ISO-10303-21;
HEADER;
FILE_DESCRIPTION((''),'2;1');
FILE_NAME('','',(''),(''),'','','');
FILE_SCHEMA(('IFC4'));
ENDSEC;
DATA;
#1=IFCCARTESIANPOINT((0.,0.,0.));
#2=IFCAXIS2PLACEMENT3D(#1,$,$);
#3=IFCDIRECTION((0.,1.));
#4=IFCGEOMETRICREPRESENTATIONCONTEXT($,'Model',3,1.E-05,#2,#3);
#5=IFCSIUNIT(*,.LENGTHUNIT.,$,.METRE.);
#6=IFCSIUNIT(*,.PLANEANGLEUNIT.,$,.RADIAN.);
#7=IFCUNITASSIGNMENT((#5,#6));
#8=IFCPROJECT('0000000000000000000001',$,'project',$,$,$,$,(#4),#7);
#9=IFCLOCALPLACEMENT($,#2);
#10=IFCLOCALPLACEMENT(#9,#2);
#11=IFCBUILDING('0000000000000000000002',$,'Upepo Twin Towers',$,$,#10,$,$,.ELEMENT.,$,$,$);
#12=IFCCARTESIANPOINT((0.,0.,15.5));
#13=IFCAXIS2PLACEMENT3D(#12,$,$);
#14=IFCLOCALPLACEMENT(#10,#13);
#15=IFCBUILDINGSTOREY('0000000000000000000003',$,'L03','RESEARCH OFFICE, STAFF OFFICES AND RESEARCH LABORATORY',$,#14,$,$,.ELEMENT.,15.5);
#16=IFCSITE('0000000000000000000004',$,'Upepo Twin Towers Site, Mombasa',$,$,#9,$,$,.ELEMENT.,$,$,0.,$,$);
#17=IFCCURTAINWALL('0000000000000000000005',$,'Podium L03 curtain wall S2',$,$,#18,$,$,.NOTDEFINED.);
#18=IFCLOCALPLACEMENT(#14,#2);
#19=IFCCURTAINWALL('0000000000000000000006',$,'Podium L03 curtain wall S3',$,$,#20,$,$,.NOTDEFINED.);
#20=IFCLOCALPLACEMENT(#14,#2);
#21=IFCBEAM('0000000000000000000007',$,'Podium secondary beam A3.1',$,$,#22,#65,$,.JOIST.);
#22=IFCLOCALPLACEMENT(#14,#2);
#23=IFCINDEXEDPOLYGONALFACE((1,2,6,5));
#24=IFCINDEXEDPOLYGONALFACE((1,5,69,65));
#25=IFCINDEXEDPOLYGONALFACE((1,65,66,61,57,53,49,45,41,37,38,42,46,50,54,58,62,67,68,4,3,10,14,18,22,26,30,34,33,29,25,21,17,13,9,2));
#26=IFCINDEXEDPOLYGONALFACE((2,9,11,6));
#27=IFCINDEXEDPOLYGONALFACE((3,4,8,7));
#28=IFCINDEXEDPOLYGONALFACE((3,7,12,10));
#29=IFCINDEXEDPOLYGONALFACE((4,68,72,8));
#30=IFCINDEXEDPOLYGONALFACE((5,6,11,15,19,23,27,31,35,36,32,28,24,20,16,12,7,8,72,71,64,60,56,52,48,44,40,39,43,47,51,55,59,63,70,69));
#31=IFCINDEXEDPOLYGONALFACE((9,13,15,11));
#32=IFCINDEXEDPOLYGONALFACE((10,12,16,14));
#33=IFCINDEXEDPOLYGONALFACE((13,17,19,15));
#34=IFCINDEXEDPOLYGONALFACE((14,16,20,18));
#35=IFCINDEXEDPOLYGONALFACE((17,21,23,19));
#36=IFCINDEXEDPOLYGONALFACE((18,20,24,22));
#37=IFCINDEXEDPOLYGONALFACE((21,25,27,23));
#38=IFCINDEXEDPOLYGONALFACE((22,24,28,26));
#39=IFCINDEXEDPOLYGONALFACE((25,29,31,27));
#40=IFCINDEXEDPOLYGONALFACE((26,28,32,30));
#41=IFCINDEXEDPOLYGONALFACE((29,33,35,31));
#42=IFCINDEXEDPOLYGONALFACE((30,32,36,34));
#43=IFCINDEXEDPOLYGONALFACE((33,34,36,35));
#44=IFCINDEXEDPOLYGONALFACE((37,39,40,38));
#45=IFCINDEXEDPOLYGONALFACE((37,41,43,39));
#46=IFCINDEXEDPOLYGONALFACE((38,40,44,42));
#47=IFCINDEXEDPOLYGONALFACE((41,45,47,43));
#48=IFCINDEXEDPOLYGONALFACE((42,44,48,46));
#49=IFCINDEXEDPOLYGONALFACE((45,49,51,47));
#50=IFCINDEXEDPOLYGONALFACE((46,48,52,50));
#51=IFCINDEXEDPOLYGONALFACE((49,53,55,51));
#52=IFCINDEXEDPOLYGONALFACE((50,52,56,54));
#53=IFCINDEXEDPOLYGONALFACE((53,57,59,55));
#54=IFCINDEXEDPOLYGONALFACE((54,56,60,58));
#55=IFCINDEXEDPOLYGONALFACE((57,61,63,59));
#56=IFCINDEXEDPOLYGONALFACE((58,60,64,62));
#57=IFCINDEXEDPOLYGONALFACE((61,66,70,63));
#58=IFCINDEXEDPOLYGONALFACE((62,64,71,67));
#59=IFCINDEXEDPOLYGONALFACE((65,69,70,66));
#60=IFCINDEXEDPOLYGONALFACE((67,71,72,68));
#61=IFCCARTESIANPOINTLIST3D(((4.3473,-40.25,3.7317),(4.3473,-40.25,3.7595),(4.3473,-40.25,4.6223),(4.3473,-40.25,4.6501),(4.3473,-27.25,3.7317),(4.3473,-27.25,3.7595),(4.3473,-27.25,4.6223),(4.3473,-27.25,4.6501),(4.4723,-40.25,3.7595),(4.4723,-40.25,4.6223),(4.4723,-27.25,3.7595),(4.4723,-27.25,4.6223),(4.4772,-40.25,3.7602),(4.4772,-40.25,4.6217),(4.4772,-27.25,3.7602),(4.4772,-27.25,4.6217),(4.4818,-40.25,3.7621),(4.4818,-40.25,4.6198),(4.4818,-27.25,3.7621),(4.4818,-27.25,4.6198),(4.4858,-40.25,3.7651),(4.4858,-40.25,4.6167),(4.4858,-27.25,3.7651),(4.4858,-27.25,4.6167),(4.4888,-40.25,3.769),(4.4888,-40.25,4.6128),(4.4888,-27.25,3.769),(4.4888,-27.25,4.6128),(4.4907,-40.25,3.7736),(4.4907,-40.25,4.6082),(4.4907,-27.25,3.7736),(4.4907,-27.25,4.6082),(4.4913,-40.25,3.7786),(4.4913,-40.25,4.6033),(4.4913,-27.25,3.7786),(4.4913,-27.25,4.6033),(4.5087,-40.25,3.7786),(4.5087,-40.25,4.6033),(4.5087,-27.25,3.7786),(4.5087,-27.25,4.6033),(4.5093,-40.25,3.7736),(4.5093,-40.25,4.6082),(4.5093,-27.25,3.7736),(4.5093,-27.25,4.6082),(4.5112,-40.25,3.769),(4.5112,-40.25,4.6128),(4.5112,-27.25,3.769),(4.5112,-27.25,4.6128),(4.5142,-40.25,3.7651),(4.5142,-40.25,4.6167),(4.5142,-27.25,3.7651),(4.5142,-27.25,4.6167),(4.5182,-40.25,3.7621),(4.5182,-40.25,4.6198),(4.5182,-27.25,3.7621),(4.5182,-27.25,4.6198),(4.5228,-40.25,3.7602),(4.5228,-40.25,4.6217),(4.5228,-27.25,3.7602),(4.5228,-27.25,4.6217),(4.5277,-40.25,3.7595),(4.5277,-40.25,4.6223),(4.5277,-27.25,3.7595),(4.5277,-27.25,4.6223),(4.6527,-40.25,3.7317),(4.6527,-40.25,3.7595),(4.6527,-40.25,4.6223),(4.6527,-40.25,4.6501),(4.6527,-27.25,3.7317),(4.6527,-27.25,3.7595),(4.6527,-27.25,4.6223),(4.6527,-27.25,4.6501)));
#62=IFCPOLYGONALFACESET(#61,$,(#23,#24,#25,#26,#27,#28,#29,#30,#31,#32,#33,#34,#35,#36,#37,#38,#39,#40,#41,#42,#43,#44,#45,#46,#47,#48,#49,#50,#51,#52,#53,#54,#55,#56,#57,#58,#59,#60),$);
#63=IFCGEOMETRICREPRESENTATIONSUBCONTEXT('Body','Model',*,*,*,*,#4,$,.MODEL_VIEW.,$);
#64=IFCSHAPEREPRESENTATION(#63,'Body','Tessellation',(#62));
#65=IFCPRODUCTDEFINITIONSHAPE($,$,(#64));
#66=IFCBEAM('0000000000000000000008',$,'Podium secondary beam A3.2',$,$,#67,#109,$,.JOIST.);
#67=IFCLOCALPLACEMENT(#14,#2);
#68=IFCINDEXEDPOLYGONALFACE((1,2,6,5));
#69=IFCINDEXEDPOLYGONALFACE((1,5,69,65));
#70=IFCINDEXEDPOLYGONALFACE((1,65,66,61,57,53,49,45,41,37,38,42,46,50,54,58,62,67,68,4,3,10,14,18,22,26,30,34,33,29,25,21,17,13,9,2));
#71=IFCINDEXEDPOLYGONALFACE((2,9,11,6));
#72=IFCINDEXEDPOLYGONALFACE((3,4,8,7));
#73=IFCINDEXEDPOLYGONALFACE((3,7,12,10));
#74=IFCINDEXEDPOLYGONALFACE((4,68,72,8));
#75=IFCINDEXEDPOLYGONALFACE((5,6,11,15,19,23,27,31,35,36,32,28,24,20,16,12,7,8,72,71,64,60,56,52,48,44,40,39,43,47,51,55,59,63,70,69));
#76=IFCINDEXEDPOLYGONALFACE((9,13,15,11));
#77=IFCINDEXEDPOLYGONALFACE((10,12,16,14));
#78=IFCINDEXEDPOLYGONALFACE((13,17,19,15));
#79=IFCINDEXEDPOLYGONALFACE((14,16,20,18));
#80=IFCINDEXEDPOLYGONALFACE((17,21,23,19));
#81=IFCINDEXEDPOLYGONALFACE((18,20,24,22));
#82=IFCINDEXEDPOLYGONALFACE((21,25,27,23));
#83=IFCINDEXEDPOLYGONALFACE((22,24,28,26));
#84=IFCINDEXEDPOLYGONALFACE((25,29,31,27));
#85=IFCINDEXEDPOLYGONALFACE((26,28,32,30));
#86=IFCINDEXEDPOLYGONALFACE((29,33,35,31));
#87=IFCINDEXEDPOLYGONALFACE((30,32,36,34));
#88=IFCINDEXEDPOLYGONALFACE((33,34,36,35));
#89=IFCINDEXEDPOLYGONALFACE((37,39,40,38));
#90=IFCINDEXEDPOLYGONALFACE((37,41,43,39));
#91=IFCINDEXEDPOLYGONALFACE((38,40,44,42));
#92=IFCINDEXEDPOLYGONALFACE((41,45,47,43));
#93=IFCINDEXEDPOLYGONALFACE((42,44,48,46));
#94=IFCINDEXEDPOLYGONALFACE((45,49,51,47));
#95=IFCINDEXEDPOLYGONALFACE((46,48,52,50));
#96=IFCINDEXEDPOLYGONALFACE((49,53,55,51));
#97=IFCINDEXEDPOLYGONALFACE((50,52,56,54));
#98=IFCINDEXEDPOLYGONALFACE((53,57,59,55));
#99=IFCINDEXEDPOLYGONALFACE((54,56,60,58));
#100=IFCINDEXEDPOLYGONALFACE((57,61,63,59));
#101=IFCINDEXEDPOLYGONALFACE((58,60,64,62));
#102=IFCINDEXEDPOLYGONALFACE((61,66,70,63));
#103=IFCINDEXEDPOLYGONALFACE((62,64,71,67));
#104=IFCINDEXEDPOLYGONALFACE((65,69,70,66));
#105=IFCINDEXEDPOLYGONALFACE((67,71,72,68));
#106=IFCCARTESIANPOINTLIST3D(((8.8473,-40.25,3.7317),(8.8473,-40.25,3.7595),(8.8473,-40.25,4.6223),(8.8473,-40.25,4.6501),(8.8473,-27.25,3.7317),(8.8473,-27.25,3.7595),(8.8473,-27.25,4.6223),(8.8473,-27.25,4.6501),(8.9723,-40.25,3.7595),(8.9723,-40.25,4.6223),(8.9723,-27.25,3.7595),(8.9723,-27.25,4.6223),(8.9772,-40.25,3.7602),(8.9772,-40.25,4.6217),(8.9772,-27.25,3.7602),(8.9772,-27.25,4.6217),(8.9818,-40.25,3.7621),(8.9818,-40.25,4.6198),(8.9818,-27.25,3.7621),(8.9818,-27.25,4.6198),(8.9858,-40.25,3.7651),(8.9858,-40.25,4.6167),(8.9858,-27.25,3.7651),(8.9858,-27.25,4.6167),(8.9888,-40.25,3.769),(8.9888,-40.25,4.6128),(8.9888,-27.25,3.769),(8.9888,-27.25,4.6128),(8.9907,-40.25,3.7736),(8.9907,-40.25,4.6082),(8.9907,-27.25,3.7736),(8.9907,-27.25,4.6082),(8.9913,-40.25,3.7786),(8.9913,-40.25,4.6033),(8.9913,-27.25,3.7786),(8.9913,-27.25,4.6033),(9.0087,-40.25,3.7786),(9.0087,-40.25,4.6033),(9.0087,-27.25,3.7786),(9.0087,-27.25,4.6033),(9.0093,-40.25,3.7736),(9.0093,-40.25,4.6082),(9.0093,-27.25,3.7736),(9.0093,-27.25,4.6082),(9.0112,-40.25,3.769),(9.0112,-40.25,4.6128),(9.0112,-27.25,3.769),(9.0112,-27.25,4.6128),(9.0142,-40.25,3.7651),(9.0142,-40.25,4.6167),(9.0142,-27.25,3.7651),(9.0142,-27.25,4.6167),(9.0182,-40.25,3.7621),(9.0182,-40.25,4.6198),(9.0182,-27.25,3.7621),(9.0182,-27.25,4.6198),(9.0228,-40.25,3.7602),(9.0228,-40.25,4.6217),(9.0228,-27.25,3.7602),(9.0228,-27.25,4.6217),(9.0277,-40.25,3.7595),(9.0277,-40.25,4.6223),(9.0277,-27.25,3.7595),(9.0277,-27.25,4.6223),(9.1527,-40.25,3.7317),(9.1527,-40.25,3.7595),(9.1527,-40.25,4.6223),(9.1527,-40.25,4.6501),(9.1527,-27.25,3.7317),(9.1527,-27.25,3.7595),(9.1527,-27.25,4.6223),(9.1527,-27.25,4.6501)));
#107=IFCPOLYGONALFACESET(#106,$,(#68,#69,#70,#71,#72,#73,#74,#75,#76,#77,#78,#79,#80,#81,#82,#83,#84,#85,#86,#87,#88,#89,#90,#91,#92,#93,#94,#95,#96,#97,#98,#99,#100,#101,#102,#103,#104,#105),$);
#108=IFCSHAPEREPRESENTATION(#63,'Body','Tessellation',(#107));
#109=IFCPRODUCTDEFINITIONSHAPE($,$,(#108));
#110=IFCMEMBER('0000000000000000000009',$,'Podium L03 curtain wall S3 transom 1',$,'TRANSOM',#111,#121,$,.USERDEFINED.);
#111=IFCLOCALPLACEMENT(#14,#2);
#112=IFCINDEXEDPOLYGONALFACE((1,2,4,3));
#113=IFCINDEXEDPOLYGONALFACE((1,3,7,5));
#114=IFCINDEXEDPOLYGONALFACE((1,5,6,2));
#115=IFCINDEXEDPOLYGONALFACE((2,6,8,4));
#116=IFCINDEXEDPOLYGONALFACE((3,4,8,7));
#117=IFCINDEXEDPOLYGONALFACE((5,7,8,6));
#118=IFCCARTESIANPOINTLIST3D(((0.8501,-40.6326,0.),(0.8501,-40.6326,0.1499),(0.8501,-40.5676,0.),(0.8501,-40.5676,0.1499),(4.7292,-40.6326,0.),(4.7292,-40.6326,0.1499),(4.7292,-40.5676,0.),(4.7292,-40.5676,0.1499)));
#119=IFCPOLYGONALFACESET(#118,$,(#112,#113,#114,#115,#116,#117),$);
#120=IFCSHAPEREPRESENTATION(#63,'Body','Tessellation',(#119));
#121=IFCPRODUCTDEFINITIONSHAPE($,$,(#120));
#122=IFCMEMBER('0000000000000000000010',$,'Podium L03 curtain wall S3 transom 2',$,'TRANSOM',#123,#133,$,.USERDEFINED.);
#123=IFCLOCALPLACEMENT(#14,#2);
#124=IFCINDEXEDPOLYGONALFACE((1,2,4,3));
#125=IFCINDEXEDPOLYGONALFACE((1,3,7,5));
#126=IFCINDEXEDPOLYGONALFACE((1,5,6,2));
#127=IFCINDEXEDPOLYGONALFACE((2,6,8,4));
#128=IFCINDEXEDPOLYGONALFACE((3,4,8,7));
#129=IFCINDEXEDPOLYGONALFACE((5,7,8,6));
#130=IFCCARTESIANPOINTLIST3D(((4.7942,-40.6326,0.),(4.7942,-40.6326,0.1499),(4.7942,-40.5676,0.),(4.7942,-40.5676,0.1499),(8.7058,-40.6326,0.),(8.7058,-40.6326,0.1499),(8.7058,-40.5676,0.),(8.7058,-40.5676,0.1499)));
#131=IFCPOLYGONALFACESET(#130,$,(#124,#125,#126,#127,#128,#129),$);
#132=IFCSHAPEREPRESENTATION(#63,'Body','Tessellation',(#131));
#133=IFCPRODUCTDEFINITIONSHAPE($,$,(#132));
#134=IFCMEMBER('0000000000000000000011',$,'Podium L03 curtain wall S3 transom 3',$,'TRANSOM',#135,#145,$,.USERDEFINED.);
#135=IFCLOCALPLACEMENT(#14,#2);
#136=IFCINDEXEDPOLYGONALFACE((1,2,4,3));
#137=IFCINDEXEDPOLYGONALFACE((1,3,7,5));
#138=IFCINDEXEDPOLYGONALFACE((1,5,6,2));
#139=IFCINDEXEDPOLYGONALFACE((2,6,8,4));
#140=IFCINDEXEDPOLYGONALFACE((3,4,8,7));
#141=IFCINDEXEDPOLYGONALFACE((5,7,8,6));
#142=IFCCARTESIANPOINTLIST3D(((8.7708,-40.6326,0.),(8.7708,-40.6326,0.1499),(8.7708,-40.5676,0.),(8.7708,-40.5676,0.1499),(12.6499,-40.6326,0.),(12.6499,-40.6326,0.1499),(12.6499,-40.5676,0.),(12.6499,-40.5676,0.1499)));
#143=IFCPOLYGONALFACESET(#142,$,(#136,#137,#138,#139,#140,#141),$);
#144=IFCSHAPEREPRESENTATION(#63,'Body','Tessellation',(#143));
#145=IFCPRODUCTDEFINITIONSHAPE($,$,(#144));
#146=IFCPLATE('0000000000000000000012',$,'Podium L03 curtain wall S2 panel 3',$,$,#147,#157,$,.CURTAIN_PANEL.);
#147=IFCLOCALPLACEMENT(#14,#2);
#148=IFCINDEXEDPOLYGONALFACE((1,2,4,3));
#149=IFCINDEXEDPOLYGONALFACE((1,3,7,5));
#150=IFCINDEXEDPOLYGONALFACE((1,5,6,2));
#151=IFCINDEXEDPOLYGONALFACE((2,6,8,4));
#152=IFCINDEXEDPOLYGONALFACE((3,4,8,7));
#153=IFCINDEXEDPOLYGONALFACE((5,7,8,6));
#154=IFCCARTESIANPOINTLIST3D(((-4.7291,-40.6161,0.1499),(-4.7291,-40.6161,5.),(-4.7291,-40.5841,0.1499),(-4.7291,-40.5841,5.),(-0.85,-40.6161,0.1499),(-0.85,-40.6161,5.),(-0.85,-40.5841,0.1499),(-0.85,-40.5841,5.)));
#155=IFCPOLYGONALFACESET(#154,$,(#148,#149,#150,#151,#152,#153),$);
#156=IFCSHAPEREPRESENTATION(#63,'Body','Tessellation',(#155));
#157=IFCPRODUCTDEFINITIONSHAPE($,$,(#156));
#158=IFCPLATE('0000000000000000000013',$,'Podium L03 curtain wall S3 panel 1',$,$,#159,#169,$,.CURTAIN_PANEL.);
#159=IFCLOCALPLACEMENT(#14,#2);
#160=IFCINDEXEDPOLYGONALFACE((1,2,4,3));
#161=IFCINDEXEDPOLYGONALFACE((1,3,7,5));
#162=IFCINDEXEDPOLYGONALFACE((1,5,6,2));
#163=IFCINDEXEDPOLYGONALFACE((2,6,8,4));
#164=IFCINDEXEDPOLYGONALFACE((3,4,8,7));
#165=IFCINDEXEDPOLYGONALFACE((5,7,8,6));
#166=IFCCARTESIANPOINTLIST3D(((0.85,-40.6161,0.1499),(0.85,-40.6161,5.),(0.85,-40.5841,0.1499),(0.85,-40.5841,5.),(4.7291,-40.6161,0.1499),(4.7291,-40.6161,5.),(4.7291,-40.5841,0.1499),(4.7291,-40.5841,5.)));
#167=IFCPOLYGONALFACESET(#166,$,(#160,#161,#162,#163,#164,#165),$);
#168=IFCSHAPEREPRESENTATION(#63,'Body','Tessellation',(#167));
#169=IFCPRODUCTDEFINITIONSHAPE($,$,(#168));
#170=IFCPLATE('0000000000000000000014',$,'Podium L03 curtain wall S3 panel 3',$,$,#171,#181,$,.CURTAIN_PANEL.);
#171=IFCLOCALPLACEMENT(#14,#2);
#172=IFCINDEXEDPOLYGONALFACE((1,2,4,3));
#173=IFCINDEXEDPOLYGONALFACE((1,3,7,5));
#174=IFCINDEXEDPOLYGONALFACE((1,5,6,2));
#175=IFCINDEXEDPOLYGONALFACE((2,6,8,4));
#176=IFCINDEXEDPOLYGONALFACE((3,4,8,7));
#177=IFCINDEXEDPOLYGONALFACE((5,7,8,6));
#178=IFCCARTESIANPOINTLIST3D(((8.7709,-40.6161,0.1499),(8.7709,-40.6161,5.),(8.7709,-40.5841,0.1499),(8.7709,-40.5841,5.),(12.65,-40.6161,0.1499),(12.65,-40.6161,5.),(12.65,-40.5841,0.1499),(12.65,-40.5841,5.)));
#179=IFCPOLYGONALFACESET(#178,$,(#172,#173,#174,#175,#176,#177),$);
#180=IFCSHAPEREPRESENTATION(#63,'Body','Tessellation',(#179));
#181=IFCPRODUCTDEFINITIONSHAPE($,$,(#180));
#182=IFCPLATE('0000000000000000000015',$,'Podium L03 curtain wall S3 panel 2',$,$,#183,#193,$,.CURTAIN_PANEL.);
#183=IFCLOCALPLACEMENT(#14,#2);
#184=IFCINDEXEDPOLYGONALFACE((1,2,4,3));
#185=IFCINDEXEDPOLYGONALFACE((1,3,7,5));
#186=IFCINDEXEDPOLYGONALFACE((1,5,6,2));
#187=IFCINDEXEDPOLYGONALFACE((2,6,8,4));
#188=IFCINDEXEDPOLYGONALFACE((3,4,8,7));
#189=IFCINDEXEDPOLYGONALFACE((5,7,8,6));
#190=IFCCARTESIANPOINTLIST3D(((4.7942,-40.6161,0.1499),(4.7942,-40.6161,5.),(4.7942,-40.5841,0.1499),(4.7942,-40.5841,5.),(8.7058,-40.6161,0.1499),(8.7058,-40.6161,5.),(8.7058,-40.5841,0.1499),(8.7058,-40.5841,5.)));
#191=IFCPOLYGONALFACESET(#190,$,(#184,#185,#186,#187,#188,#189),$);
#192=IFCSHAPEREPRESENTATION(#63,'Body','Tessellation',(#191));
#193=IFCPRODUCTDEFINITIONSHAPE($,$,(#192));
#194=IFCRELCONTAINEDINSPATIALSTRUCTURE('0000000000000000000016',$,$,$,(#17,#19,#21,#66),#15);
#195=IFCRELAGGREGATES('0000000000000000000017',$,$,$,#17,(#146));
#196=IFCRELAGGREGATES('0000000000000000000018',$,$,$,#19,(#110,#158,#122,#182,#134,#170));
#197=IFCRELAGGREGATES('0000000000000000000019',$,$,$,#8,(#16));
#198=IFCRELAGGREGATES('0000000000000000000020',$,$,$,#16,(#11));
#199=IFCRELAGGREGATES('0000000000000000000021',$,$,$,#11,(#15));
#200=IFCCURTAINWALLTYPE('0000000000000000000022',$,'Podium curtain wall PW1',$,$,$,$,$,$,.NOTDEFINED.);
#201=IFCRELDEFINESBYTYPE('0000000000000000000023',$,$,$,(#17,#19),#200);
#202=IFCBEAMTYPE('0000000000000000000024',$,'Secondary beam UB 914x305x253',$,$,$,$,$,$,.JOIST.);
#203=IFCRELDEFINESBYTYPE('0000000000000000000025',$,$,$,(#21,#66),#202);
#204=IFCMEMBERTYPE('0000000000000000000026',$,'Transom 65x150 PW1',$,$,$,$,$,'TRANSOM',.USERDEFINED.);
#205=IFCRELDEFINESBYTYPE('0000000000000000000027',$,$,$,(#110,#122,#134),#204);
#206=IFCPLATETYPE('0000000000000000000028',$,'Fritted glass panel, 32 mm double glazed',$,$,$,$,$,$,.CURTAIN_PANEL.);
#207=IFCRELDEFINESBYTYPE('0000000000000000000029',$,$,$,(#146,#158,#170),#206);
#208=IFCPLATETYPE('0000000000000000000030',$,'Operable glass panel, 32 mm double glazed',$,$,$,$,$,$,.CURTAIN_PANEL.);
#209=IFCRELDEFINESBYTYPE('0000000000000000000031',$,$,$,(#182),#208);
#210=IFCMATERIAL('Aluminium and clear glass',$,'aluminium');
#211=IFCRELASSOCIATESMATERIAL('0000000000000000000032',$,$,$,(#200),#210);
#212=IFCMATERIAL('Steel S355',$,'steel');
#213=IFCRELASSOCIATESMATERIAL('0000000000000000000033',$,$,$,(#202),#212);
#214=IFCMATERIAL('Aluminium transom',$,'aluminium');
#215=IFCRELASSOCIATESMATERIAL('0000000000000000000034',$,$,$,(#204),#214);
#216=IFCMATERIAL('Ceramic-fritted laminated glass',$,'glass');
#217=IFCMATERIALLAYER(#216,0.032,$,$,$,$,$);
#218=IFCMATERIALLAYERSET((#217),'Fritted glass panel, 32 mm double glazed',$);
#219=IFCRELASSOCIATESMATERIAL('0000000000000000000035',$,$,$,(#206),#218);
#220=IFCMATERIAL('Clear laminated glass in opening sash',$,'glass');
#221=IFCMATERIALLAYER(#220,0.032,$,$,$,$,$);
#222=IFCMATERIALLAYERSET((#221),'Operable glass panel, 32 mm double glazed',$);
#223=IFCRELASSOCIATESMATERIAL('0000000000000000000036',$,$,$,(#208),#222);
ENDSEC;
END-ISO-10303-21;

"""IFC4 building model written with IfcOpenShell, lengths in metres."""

from ifc_helpers import new_model, si_unit, direction, frame, origin, origin_2d, place, context, subcontext, project, spatial, rectangle, i_section, extrude, material, layer, layer_set, material_profile, profile_set, type_object, element, aggregate, save


model = new_model("IFC4")

# Units and contexts
model_context = context("Model", 3, precision=1e-05, world=origin(), true_north=direction((0.0, 1.0)))
body_context = subcontext(model_context, "Body", "Model", "MODEL_VIEW")
ifc_project = project(units=[si_unit("LENGTHUNIT", "METRE"), si_unit("PLANEANGLEUNIT", "RADIAN")], contexts=[model_context])

# Site, building, storey
site_placement = place(None, origin())
site = spatial("IfcSite", under=ifc_project, at=site_placement, Name="Upepo Twin Towers Site, Mombasa", CompositionType="ELEMENT", RefElevation=0.0)
building_placement = place(site_placement, origin())
building = spatial("IfcBuilding", under=site, at=building_placement, Name="Upepo Twin Towers", CompositionType="ELEMENT")
storey_placement = place(building_placement, frame((0.0, 0.0, 15.5)))
storey = spatial("IfcBuildingStorey", under=building, at=storey_placement, Name="L03", Description="RESEARCH OFFICE, STAFF OFFICES AND RESEARCH LABORATORY", CompositionType="ELEMENT", Elevation=15.5)

# Curtain wall
ifc_material_1 = material(Name="Aluminium and clear glass", Category="aluminium")
curtain_wall_type = type_object("IfcCurtainWallType", Name="Podium curtain wall PW1", PredefinedType="NOTDEFINED", material=ifc_material_1)
curtain_wall_1_placement = place(storey_placement, origin())
curtain_wall_1 = element("IfcCurtainWall", 1, at=curtain_wall_1_placement, inside=storey, type_object=curtain_wall_type, Name="Podium L03 curtain wall S2", PredefinedType="NOTDEFINED")

# Curtain wall
curtain_wall_2_placement = place(storey_placement, origin())
curtain_wall_2 = element("IfcCurtainWall", 2, at=curtain_wall_2_placement, inside=storey, type_object=curtain_wall_type, Name="Podium L03 curtain wall S3", PredefinedType="NOTDEFINED")

# Beams
ifc_material_2 = material(Name="Steel S355", Category="steel")
ifc_material_profile_1 = material_profile(ifc_material_2, i_section(OverallWidth=0.3054, OverallDepth=0.9185, WebThickness=0.0173, FlangeThickness=0.0278, FilletRadius=0.019, at=origin_2d()), Name="UB 914x305x253")
ifc_profile_set_1 = profile_set([ifc_material_profile_1], Name="Steel S355")
beam_type_1 = type_object("IfcBeamType", Name="Secondary beam UB 914x305x253", PredefinedType="JOIST", material=ifc_profile_set_1)
for number, where, z_axis, x_axis, name in (
    (3, (4.5, -40.25, 4.1909), (0.0, 1.0, 0.0), (-1.0, 0.0, 0.0), "Podium secondary beam A3.1"),
    (4, (9.0, -40.25, 4.1909), (0.0, 1.0, 0.0), (-1.0, 0.0, 0.0), "Podium secondary beam A3.2"),
):
    element("IfcBeam", number, at=place(storey_placement, frame(where, z_axis=z_axis, x_axis=x_axis)), inside=storey, type_object=beam_type_1, Name=name, PredefinedType="JOIST", context=body_context, shape_type="SweptSolid", body=[
        extrude(i_section(OverallWidth=0.3054, OverallDepth=0.9185, WebThickness=0.0173, FlangeThickness=0.0278, FilletRadius=0.019, at=origin_2d()), origin(), (0.0, 0.0, 1.0), 13.0),
    ])

# Members
ifc_material_3 = material(Name="Aluminium transom", Category="aluminium")
ifc_material_profile_2 = material_profile(ifc_material_3, rectangle(XDim=0.0649, YDim=0.1499, at=origin_2d()), Name="TRANSOM 65x150 PODIUM")
ifc_profile_set_2 = profile_set([ifc_material_profile_2], Name="Aluminium transom")
member_type_1 = type_object("IfcMemberType", Name="Transom 65x150 PW1", ElementType="TRANSOM", PredefinedType="USERDEFINED", material=ifc_profile_set_2)
member_1_placement = place(storey_placement, frame((0.8501, -40.6001, 0.075), z_axis=(1.0, 0.0, 0.0), x_axis=(0.0, 1.0, 0.0)))
member_1 = element("IfcMember", 5, at=member_1_placement, type_object=member_type_1, Name="Podium L03 curtain wall S3 transom 1", ObjectType="TRANSOM", PredefinedType="USERDEFINED", context=body_context, shape_type="SweptSolid", body=[
    extrude(rectangle(XDim=0.0649, YDim=0.1499, at=origin_2d()), origin(), (0.0, 0.0, 1.0), 3.8792),
])
member_2_placement = place(storey_placement, frame((4.7942, -40.6001, 0.075), z_axis=(1.0, 0.0, 0.0), x_axis=(0.0, 1.0, 0.0)))
member_2 = element("IfcMember", 6, at=member_2_placement, type_object=member_type_1, Name="Podium L03 curtain wall S3 transom 2", ObjectType="TRANSOM", PredefinedType="USERDEFINED", context=body_context, shape_type="SweptSolid", body=[
    extrude(rectangle(XDim=0.0649, YDim=0.1499, at=origin_2d()), origin(), (0.0, 0.0, 1.0), 3.9116),
])
member_3_placement = place(storey_placement, frame((8.7708, -40.6001, 0.075), z_axis=(1.0, 0.0, 0.0), x_axis=(0.0, 1.0, 0.0)))
member_3 = element("IfcMember", 7, at=member_3_placement, type_object=member_type_1, Name="Podium L03 curtain wall S3 transom 3", ObjectType="TRANSOM", PredefinedType="USERDEFINED", context=body_context, shape_type="SweptSolid", body=[
    extrude(rectangle(XDim=0.0649, YDim=0.1499, at=origin_2d()), origin(), (0.0, 0.0, 1.0), 3.8792),
])

# Plates
ifc_material_4 = material(Name="Ceramic-fritted laminated glass", Category="glass")
ifc_layer_1 = layer(ifc_material_4, 0.032)
ifc_layer_set_1 = layer_set([ifc_layer_1], Name="Fritted glass panel, 32 mm double glazed")
plate_type_1 = type_object("IfcPlateType", Name="Fritted glass panel, 32 mm double glazed", PredefinedType="CURTAIN_PANEL", material=ifc_layer_set_1)
plate_1_placement = place(storey_placement, frame((-2.7896, -40.6001, 0.1499), z_axis=(0.0, 0.0, 1.0), x_axis=(1.0, 0.0, 0.0)))
plate_1 = element("IfcPlate", 8, at=plate_1_placement, type_object=plate_type_1, Name="Podium L03 curtain wall S2 panel 3", PredefinedType="CURTAIN_PANEL", context=body_context, shape_type="SweptSolid", body=[
    extrude(rectangle(XDim=3.8792, YDim=0.032, at=origin_2d()), origin(), (0.0, 0.0, 1.0), 4.8501),
])
aggregate(curtain_wall_1, [plate_1])
plate_2_placement = place(storey_placement, frame((2.7896, -40.6001, 0.1499), z_axis=(0.0, 0.0, 1.0), x_axis=(1.0, 0.0, 0.0)))
plate_2 = element("IfcPlate", 9, at=plate_2_placement, type_object=plate_type_1, Name="Podium L03 curtain wall S3 panel 1", PredefinedType="CURTAIN_PANEL", context=body_context, shape_type="SweptSolid", body=[
    extrude(rectangle(XDim=3.8792, YDim=0.032, at=origin_2d()), origin(), (0.0, 0.0, 1.0), 4.8501),
])
plate_3_placement = place(storey_placement, frame((10.7104, -40.6001, 0.1499), z_axis=(0.0, 0.0, 1.0), x_axis=(1.0, 0.0, 0.0)))
plate_3 = element("IfcPlate", 10, at=plate_3_placement, type_object=plate_type_1, Name="Podium L03 curtain wall S3 panel 3", PredefinedType="CURTAIN_PANEL", context=body_context, shape_type="SweptSolid", body=[
    extrude(rectangle(XDim=3.8792, YDim=0.032, at=origin_2d()), origin(), (0.0, 0.0, 1.0), 4.8501),
])
ifc_material_5 = material(Name="Clear laminated glass in opening sash", Category="glass")
ifc_layer_2 = layer(ifc_material_5, 0.032)
ifc_layer_set_2 = layer_set([ifc_layer_2], Name="Operable glass panel, 32 mm double glazed")
plate_type_2 = type_object("IfcPlateType", Name="Operable glass panel, 32 mm double glazed", PredefinedType="CURTAIN_PANEL", material=ifc_layer_set_2)
plate_4_placement = place(storey_placement, frame((6.75, -40.6001, 0.1499), z_axis=(0.0, 0.0, 1.0), x_axis=(1.0, 0.0, 0.0)))
plate_4 = element("IfcPlate", 11, at=plate_4_placement, type_object=plate_type_2, Name="Podium L03 curtain wall S3 panel 2", PredefinedType="CURTAIN_PANEL", context=body_context, shape_type="SweptSolid", body=[
    extrude(rectangle(XDim=3.9116, YDim=0.032, at=origin_2d()), origin(), (0.0, 0.0, 1.0), 4.8501),
])
aggregate(curtain_wall_2, [member_1, plate_2, member_2, plate_4, member_3, plate_3])

save(model, "model.ifc")
